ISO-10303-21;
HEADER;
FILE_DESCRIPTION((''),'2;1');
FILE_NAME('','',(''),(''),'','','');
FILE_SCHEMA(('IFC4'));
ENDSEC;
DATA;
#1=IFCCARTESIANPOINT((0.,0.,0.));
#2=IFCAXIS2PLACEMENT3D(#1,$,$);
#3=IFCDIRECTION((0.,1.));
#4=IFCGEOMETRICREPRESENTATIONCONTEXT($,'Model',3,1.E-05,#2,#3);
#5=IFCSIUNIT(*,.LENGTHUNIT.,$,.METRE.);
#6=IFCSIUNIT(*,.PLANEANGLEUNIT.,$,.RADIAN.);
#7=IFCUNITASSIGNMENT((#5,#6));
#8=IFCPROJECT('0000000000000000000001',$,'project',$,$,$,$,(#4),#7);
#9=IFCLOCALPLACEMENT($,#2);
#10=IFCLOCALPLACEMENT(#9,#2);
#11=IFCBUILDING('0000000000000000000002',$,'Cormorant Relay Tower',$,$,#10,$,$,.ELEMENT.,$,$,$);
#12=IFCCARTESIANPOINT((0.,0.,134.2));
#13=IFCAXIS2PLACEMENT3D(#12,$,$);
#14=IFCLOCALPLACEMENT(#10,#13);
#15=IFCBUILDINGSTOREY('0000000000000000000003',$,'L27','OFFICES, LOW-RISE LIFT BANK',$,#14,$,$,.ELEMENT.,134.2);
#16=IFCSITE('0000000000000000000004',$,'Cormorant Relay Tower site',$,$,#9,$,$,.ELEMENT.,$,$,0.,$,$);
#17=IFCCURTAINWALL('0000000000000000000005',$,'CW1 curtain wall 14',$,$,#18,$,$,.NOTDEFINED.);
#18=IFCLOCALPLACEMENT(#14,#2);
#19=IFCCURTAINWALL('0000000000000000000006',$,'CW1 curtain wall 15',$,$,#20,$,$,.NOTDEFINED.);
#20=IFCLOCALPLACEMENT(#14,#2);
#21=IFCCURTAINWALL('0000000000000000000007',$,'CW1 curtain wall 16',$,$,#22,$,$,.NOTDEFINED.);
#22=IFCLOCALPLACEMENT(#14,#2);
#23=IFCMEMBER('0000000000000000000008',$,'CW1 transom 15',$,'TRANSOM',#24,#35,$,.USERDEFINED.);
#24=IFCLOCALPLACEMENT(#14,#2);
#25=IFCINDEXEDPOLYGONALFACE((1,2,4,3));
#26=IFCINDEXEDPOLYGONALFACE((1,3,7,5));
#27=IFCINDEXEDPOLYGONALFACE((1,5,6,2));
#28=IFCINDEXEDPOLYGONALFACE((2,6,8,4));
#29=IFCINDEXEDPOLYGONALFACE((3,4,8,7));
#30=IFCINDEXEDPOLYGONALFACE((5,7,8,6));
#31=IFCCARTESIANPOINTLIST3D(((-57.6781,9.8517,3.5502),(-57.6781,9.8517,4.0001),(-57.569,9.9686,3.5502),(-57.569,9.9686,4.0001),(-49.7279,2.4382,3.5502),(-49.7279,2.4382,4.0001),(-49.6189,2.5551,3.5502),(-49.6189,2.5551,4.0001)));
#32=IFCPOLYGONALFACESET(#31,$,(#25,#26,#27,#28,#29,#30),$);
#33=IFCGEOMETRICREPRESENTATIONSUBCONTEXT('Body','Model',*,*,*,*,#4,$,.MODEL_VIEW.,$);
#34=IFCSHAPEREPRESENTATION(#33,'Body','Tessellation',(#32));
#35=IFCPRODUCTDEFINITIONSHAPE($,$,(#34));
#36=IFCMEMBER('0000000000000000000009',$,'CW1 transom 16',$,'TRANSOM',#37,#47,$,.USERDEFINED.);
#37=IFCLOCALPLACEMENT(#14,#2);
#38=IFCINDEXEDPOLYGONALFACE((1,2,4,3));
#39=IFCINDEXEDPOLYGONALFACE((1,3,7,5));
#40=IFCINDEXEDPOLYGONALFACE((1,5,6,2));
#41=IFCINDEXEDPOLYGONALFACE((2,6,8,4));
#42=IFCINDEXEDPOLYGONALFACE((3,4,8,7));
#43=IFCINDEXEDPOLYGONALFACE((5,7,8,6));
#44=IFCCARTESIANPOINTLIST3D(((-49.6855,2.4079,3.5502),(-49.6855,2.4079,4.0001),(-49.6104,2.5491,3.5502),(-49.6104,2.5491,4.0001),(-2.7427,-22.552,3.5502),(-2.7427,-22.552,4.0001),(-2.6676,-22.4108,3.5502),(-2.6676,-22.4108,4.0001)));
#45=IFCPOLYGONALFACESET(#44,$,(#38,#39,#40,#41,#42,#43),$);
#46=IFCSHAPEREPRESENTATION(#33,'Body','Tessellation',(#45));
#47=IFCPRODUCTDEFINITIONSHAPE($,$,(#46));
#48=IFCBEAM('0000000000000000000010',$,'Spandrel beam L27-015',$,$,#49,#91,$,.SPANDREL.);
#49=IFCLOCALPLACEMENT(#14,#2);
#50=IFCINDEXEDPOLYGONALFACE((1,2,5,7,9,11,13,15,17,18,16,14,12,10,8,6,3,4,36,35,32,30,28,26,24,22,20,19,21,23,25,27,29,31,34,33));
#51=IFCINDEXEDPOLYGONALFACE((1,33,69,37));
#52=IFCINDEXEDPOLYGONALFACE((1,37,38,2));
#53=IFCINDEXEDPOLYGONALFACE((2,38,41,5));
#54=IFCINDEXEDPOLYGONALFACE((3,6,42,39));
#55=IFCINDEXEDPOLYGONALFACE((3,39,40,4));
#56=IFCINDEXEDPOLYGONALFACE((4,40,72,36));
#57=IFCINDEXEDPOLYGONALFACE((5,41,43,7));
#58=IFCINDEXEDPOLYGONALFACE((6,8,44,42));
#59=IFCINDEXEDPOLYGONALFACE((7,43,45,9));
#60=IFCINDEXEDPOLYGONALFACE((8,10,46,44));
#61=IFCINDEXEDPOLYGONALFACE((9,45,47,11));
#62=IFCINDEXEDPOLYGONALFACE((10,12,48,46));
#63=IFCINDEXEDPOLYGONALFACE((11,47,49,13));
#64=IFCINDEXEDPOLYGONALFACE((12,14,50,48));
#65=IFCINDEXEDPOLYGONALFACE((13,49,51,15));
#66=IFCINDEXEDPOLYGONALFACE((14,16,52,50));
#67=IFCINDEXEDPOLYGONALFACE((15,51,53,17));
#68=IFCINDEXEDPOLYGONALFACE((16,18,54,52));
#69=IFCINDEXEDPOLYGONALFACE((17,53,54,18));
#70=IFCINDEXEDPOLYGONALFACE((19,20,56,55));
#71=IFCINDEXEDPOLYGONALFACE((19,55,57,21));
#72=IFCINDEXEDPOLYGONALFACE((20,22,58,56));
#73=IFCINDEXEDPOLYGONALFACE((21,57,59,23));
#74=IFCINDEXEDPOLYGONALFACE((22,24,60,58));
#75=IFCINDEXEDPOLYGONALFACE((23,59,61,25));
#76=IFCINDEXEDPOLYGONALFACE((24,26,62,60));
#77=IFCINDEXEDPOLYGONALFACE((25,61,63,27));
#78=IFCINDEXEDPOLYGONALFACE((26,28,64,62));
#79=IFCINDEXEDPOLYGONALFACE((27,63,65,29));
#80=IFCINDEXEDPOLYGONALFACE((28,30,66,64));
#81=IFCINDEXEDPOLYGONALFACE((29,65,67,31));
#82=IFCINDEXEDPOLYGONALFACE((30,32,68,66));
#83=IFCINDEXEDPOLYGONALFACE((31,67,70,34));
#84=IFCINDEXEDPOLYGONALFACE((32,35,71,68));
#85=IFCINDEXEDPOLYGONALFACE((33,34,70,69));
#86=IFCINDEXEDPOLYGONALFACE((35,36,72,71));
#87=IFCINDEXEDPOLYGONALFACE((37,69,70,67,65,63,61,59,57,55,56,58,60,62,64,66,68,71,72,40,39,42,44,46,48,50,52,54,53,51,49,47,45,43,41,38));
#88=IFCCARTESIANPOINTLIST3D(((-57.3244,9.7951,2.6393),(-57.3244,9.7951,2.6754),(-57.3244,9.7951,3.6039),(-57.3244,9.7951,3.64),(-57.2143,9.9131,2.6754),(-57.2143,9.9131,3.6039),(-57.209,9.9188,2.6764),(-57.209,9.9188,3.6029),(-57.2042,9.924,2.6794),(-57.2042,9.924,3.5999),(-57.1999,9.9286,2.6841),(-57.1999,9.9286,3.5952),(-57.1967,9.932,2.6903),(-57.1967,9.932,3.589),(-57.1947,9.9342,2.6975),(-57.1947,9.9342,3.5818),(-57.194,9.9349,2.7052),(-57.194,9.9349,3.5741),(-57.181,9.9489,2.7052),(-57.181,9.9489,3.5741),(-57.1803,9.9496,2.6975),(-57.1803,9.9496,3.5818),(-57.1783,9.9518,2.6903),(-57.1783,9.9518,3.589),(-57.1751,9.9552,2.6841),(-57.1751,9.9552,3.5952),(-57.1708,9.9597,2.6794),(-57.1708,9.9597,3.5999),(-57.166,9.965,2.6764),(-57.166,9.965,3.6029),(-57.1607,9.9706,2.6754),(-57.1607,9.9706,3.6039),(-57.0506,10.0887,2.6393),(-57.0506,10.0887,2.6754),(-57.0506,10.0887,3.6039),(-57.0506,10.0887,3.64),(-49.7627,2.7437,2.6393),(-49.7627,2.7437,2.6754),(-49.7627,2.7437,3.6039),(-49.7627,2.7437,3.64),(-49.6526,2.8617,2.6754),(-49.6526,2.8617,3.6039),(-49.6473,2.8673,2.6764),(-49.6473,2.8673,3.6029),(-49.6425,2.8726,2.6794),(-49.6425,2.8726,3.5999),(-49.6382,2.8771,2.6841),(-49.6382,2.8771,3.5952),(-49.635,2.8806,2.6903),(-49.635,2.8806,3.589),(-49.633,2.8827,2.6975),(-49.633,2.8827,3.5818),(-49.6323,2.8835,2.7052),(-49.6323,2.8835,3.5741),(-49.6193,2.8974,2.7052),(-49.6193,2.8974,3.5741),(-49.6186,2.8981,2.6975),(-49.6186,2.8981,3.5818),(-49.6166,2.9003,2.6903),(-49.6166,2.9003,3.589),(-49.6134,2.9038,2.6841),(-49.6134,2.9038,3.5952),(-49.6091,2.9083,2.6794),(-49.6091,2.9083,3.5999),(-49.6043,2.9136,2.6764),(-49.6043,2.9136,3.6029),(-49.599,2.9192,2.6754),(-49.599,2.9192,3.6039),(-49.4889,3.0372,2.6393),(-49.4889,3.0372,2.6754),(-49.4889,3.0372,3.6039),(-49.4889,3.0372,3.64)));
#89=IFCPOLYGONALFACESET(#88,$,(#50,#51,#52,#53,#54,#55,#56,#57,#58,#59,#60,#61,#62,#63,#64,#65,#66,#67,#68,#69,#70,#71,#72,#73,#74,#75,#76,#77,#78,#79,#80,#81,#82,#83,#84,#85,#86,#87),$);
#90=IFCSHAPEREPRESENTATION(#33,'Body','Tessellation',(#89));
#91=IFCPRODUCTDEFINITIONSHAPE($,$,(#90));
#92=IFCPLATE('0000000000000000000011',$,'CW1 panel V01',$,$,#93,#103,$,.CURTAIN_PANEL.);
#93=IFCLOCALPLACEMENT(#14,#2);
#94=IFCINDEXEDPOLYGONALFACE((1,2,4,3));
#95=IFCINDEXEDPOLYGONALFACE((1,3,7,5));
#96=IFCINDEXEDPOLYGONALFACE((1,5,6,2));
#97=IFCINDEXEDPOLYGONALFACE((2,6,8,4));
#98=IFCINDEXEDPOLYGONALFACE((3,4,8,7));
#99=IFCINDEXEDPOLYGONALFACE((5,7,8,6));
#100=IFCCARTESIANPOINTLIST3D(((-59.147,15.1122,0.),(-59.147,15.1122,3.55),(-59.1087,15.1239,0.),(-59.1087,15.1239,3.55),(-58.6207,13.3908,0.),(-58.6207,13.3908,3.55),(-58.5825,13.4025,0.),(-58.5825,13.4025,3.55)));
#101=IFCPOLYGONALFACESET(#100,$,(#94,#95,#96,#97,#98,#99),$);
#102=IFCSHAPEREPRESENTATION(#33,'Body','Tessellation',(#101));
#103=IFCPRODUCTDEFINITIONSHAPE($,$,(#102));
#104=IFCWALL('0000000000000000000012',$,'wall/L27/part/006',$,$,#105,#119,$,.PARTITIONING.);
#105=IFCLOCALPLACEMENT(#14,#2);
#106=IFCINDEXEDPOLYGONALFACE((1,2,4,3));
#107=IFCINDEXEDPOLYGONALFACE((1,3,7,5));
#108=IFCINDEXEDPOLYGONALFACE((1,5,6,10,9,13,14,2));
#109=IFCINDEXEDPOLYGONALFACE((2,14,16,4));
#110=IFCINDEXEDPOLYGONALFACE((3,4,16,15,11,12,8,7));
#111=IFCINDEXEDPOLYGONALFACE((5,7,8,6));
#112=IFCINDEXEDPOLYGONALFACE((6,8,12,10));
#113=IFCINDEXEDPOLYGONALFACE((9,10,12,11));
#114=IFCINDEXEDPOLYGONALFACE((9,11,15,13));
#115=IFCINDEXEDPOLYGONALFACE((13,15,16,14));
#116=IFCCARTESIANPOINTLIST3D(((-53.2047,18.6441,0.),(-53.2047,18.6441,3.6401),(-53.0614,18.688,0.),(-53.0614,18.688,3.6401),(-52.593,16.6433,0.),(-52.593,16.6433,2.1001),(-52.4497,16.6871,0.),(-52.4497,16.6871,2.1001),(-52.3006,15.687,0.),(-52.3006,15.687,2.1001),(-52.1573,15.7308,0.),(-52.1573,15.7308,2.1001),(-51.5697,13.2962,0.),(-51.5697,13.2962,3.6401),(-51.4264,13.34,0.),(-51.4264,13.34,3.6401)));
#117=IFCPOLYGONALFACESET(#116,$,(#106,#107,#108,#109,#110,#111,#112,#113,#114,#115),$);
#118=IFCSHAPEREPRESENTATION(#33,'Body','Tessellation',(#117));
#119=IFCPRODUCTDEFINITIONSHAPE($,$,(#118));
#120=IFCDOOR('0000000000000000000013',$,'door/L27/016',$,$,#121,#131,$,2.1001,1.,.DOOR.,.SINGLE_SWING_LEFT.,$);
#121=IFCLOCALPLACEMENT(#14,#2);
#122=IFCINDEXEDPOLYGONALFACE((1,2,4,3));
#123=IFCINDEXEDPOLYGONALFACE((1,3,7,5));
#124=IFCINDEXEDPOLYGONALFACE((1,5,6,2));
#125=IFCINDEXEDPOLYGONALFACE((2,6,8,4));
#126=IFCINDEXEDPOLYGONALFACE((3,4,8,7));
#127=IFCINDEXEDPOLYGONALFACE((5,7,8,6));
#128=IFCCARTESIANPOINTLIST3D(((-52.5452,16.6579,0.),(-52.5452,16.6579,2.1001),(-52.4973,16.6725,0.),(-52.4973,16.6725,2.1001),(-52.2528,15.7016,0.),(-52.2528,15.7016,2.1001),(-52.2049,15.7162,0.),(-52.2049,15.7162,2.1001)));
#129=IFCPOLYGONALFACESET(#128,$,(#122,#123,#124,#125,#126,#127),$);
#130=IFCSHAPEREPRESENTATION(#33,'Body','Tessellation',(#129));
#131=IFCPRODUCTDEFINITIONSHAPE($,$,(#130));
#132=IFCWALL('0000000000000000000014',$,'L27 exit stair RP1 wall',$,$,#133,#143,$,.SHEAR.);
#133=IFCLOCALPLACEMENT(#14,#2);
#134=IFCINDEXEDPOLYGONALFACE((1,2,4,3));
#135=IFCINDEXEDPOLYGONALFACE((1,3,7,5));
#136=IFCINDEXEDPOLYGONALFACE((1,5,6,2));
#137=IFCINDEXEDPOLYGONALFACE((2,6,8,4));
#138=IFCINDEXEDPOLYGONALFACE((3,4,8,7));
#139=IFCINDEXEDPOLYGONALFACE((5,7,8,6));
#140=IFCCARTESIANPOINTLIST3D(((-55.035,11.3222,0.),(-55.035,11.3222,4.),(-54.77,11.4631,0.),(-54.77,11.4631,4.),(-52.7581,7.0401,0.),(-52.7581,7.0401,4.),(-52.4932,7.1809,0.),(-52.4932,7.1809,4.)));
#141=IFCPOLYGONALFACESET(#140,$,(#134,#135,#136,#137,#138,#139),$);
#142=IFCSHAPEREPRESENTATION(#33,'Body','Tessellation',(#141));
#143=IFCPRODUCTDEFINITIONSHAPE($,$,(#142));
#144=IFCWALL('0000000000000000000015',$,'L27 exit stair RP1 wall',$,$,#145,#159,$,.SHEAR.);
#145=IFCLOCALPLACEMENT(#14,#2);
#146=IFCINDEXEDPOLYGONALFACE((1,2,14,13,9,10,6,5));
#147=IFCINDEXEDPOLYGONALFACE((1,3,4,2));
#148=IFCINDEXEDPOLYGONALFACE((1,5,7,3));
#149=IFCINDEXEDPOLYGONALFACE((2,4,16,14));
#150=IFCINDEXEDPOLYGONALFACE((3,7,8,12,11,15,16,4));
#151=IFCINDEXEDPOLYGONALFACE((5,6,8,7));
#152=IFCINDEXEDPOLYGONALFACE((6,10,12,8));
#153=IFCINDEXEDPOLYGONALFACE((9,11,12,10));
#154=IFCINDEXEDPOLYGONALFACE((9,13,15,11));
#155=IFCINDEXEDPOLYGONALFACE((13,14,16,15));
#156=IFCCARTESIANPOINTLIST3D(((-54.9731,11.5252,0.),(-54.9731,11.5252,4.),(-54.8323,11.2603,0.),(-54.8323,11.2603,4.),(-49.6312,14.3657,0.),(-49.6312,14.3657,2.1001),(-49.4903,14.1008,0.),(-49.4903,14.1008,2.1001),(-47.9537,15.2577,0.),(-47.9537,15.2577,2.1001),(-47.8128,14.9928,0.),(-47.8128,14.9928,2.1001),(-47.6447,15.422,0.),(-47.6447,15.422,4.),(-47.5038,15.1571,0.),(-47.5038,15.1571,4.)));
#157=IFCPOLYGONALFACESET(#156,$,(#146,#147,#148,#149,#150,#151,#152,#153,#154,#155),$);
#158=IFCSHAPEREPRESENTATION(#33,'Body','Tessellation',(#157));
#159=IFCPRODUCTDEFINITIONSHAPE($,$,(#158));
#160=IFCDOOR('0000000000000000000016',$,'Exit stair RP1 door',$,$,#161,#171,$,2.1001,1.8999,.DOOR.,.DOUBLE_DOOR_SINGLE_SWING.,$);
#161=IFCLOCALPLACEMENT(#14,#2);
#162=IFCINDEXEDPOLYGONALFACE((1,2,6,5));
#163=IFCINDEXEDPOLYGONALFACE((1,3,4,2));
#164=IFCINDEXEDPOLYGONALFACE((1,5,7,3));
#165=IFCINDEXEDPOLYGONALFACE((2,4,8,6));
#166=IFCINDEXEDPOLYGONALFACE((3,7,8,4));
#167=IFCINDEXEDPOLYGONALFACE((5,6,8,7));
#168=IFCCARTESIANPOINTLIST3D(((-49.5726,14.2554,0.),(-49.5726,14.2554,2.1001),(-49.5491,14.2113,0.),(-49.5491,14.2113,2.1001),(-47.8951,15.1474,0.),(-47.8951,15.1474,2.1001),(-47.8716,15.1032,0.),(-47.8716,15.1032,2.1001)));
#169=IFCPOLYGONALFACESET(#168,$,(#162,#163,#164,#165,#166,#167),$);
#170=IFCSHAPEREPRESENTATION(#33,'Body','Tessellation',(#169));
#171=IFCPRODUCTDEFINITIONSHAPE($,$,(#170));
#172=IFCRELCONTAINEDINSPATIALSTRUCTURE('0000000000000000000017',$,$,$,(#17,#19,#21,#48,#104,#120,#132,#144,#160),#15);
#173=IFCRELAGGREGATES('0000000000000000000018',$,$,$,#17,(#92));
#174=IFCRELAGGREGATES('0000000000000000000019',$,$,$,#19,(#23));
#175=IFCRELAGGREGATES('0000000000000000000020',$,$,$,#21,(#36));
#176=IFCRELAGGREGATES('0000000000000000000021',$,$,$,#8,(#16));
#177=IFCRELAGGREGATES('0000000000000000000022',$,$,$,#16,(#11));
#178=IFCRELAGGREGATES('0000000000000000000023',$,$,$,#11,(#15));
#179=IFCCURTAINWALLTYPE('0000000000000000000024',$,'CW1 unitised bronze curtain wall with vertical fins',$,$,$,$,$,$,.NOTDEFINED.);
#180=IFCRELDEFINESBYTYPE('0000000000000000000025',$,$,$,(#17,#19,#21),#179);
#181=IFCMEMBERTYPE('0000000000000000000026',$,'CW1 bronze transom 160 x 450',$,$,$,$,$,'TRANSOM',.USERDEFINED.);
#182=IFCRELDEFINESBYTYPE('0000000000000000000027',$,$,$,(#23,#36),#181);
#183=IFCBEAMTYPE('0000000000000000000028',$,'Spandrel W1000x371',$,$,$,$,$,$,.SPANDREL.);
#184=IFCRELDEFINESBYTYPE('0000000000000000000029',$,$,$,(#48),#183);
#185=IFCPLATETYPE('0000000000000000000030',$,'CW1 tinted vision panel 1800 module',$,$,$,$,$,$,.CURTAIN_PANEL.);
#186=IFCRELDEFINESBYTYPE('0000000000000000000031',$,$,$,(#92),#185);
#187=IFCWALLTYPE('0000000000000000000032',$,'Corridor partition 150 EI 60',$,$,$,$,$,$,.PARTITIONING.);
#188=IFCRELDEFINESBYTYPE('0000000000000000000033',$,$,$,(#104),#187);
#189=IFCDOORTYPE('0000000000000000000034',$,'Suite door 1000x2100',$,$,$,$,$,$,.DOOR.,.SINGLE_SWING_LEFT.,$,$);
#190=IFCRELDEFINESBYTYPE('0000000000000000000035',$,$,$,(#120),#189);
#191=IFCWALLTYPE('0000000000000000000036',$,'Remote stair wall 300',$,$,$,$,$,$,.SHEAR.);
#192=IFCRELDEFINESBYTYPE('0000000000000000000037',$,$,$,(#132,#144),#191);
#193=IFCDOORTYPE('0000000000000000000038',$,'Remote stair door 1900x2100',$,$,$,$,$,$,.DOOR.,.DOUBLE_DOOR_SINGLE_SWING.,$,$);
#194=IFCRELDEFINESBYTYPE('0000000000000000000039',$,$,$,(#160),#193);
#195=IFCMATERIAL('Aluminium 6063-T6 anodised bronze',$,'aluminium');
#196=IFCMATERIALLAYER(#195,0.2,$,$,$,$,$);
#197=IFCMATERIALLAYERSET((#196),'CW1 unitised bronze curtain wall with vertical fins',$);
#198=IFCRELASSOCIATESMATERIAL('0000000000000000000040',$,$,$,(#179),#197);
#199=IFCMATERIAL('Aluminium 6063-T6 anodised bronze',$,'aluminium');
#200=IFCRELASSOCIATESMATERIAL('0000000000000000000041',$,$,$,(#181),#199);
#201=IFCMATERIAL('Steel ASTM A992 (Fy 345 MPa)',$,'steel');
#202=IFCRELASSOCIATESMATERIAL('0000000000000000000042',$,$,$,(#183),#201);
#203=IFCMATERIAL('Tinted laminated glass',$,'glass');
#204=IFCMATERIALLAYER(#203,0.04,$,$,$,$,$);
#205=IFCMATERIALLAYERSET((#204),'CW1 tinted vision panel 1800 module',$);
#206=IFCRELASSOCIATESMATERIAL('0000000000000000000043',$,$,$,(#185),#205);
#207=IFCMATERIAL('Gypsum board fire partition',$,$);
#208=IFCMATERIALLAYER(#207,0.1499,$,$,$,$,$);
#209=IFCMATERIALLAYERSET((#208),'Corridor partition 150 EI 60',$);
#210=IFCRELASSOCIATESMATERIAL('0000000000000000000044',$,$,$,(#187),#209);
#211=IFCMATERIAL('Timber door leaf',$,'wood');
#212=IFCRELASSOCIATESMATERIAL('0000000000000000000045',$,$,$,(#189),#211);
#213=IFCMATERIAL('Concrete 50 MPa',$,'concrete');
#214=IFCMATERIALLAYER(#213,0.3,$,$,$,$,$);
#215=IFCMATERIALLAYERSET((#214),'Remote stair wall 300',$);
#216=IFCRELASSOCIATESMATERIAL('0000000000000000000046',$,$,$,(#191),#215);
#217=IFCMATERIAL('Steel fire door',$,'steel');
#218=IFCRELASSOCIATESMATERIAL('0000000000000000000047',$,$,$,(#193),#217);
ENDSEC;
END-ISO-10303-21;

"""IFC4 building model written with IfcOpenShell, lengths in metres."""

from ifc_helpers import new_model, si_unit, direction, frame, frame_2d, origin, origin_2d, place, context, subcontext, project, spatial, rectangle, i_section, extrude, material, layer, layer_set, material_profile, profile_set, type_object, element, fill, aggregate, save


model = new_model("IFC4")

# Units and contexts
model_context = context("Model", 3, precision=1e-05, world=origin(), true_north=direction((0.0, 1.0)))
body_context = subcontext(model_context, "Body", "Model", "MODEL_VIEW")
ifc_project = project(units=[si_unit("LENGTHUNIT", "METRE"), si_unit("PLANEANGLEUNIT", "RADIAN")], contexts=[model_context])

# Site, building, storey
site_placement = place(None, origin())
site = spatial("IfcSite", under=ifc_project, at=site_placement, Name="Cormorant Relay Tower site", CompositionType="ELEMENT", RefElevation=0.0)
building_placement = place(site_placement, origin())
building = spatial("IfcBuilding", under=site, at=building_placement, Name="Cormorant Relay Tower", CompositionType="ELEMENT")
storey_placement = place(building_placement, frame((0.0, 0.0, 134.2)))
storey = spatial("IfcBuildingStorey", under=building, at=storey_placement, Name="L27", Description="OFFICES, LOW-RISE LIFT BANK", CompositionType="ELEMENT", Elevation=134.2)

# Curtain wall
ifc_material_1 = material(Name="Aluminium 6063-T6 anodised bronze", Category="aluminium")
ifc_layer_1 = layer(ifc_material_1, 0.2)
ifc_layer_set_1 = layer_set([ifc_layer_1], Name="CW1 unitised bronze curtain wall with vertical fins")
curtain_wall_type = type_object("IfcCurtainWallType", Name="CW1 unitised bronze curtain wall with vertical fins", PredefinedType="NOTDEFINED", material=ifc_layer_set_1)
curtain_wall_1_placement = place(storey_placement, origin())
curtain_wall_1 = element("IfcCurtainWall", 1, at=curtain_wall_1_placement, inside=storey, type_object=curtain_wall_type, Name="CW1 curtain wall 14", PredefinedType="NOTDEFINED")

# Curtain wall
curtain_wall_2_placement = place(storey_placement, origin())
curtain_wall_2 = element("IfcCurtainWall", 2, at=curtain_wall_2_placement, inside=storey, type_object=curtain_wall_type, Name="CW1 curtain wall 15", PredefinedType="NOTDEFINED")

# Curtain wall
curtain_wall_3_placement = place(storey_placement, origin())
curtain_wall_3 = element("IfcCurtainWall", 3, at=curtain_wall_3_placement, inside=storey, type_object=curtain_wall_type, Name="CW1 curtain wall 16", PredefinedType="NOTDEFINED")

# Members
ifc_material_2 = material(Name="Aluminium 6063-T6 anodised bronze", Category="aluminium")
ifc_material_profile_1 = material_profile(ifc_material_2, rectangle(XDim=0.1599, YDim=0.45, at=origin_2d()), Name="AL 160x450")
ifc_profile_set_1 = profile_set([ifc_material_profile_1], Name="Aluminium 6063-T6 anodised bronze")
member_type_1 = type_object("IfcMemberType", Name="CW1 bronze transom 160 x 450", ElementType="TRANSOM", PredefinedType="USERDEFINED", material=ifc_profile_set_1)
member_1_placement = place(storey_placement, frame((-57.6235, 9.9102, 3.7751), z_axis=(0.731358, -0.681993, 0.0), x_axis=(0.681993, 0.731358, 0.0)))
member_1 = element("IfcMember", 4, at=member_1_placement, type_object=member_type_1, Name="CW1 transom 15", ObjectType="TRANSOM", PredefinedType="USERDEFINED", context=body_context, shape_type="SweptSolid", body=[
    extrude(rectangle(XDim=0.1599, YDim=0.45, at=origin_2d()), origin(), (0.0, 0.0, 1.0), 10.8704),
])
member_2_placement = place(storey_placement, frame((-49.6479, 2.4785, 3.7751), z_axis=(0.882948, -0.469471, 0.0), x_axis=(0.469471, 0.882948, 0.0)))
member_2 = element("IfcMember", 5, at=member_2_placement, type_object=member_type_1, Name="CW1 transom 16", ObjectType="TRANSOM", PredefinedType="USERDEFINED", context=body_context, shape_type="SweptSolid", body=[
    extrude(rectangle(XDim=0.1599, YDim=0.45, at=origin_2d()), origin(), (0.0, 0.0, 1.0), 53.166),
])

# Beam
ifc_material_3 = material(Name="Steel ASTM A992 (Fy 345 MPa)", Category="steel")
ifc_material_profile_2 = material_profile(ifc_material_3, i_section(OverallWidth=0.4014, OverallDepth=1.0007, WebThickness=0.019, FlangeThickness=0.0361, FilletRadius=0.0298, at=origin_2d()), Name="W1000x371")
ifc_profile_set_2 = profile_set([ifc_material_profile_2], Name="Steel ASTM A992 (Fy 345 MPa)")
beam_type = type_object("IfcBeamType", Name="Spandrel W1000x371", PredefinedType="SPANDREL", material=ifc_profile_set_2)
beam_placement = place(storey_placement, frame((-57.1875, 9.9419, 3.1396), z_axis=(0.731351, -0.682001, 0.0), x_axis=(0.682001, 0.731351, 0.0)))
element("IfcBeam", 6, at=beam_placement, inside=storey, type_object=beam_type, Name="Spandrel beam L27-015", PredefinedType="SPANDREL", context=body_context, shape_type="SweptSolid", body=[
    extrude(i_section(OverallWidth=0.4014, OverallDepth=1.0007, WebThickness=0.019, FlangeThickness=0.0361, FilletRadius=0.0298, at=origin_2d()), origin(), (0.0, 0.0, 1.0), 10.3394),
])

# Plate
ifc_material_4 = material(Name="Tinted laminated glass", Category="glass")
ifc_layer_2 = layer(ifc_material_4, 0.04)
ifc_layer_set_2 = layer_set([ifc_layer_2], Name="CW1 tinted vision panel 1800 module")
plate_type = type_object("IfcPlateType", Name="CW1 tinted vision panel 1800 module", PredefinedType="CURTAIN_PANEL", material=ifc_layer_set_2)
plate_placement = place(storey_placement, frame((-58.8647, 14.2573, 0.0), z_axis=(0.0, 0.0, 1.0), x_axis=(0.292372, -0.956305, 0.0)))
plate = element("IfcPlate", 7, at=plate_placement, type_object=plate_type, Name="CW1 panel V01", PredefinedType="CURTAIN_PANEL", context=body_context, shape_type="SweptSolid", body=[
    extrude(rectangle(XDim=1.8, YDim=0.04, at=origin_2d()), origin(), (0.0, 0.0, 1.0), 3.55),
])

# Wall, opening, door
ifc_material_5 = material(Name="Gypsum board fire partition")
ifc_layer_3 = layer(ifc_material_5, 0.1499)
ifc_layer_set_3 = layer_set([ifc_layer_3], Name="Corridor partition 150 EI 60")
wall_type_1 = type_object("IfcWallType", Name="Corridor partition 150 EI 60", PredefinedType="PARTITIONING", material=ifc_layer_set_3)
wall_1_placement = place(storey_placement, frame((-51.498, 13.3181, 0.0), z_axis=(0.0, 0.0, 1.0), x_axis=(-0.29237, 0.956305, 0.0)))
wall_1 = element("IfcWall", 8, at=wall_1_placement, inside=storey, type_object=wall_type_1, Name="wall/L27/part/006", PredefinedType="PARTITIONING", context=body_context, shape_type="SweptSolid", body=[
    extrude(rectangle(XDim=5.5923, YDim=0.1499, at=frame_2d((2.7961, 0.0))), origin(), (0.0, 0.0, 1.0), 3.6401),
])
opening_1_placement = place(wall_1_placement, frame((2.5, 0.0, 0.0)))
opening_1 = element("IfcOpeningElement", 9, at=opening_1_placement, cuts=wall_1, PredefinedType="OPENING", context=body_context, shape_type="SweptSolid", body=[
    extrude(rectangle(XDim=1.0, YDim=2.1001, at=frame_2d((0.5, 1.05))), frame((0.0, 0.085, 0.0), z_axis=(0.0, -1.0, 0.0), x_axis=(1.0, 0.0, 0.0)), (0.0, 0.0, 1.0), 0.1699),
])
ifc_material_6 = material(Name="Timber door leaf", Category="wood")
door_type_1 = type_object("IfcDoorType", Name="Suite door 1000x2100", OperationType="SINGLE_SWING_LEFT", PredefinedType="DOOR", material=ifc_material_6)
door_1_placement = place(opening_1_placement, origin())
door_1 = element("IfcDoor", 10, at=door_1_placement, inside=storey, type_object=door_type_1, Name="door/L27/016", OperationType="SINGLE_SWING_LEFT", OverallHeight=2.1001, OverallWidth=1.0, PredefinedType="DOOR", context=body_context, shape_type="SweptSolid", body=[
    extrude(rectangle(XDim=1.0, YDim=2.1001, at=frame_2d((0.5, 1.05))), frame((0.0, 0.0249, 0.0), z_axis=(0.0, -1.0, 0.0), x_axis=(1.0, 0.0, 0.0)), (0.0, 0.0, 1.0), 0.05),
])
fill(opening_1, door_1)

# Wall
ifc_material_7 = material(Name="Concrete 50 MPa", Category="concrete")
ifc_layer_4 = layer(ifc_material_7, 0.3)
ifc_layer_set_4 = layer_set([ifc_layer_4], Name="Remote stair wall 300")
wall_type_2 = type_object("IfcWallType", Name="Remote stair wall 300", PredefinedType="SHEAR", material=ifc_layer_set_4)
wall_2_placement = place(storey_placement, frame((-52.6257, 7.1106, 0.0), z_axis=(0.0, 0.0, 1.0), x_axis=(-0.469464, 0.882951, 0.0)))
element("IfcWall", 11, at=wall_2_placement, inside=storey, type_object=wall_type_2, Name="L27 exit stair RP1 wall", PredefinedType="SHEAR", context=body_context, shape_type="SweptSolid", body=[
    extrude(rectangle(XDim=4.8499, YDim=0.3, at=frame_2d((2.4248, 0.0))), origin(), (0.0, 0.0, 1.0), 4.0),
])

# Wall, opening, door
wall_3_placement = place(storey_placement, frame((-54.9026, 11.3928, 0.0), z_axis=(0.0, 0.0, 1.0), x_axis=(0.882939, 0.469487, 0.0)))
wall_3 = element("IfcWall", 12, at=wall_3_placement, inside=storey, type_object=wall_type_2, Name="L27 exit stair RP1 wall", PredefinedType="SHEAR", context=body_context, shape_type="SweptSolid", body=[
    extrude(rectangle(XDim=8.3, YDim=0.3, at=frame_2d((4.1499, 0.0))), origin(), (0.0, 0.0, 1.0), 4.0),
])
opening_2_placement = place(wall_3_placement, frame((6.05, 0.0, 0.0)))
opening_2 = element("IfcOpeningElement", 13, at=opening_2_placement, cuts=wall_3, PredefinedType="OPENING", context=body_context, shape_type="SweptSolid", body=[
    extrude(rectangle(XDim=1.8999, YDim=2.1001, at=frame_2d((0.95, 1.05))), frame((0.0, 0.1599, 0.0), z_axis=(0.0, -1.0, 0.0), x_axis=(1.0, 0.0, 0.0)), (0.0, 0.0, 1.0), 0.3201),
])
ifc_material_8 = material(Name="Steel fire door", Category="steel")
door_type_2 = type_object("IfcDoorType", Name="Remote stair door 1900x2100", OperationType="DOUBLE_DOOR_SINGLE_SWING", PredefinedType="DOOR", material=ifc_material_8)
door_2_placement = place(opening_2_placement, frame((1.8999, 0.0, 0.0), z_axis=(0.0, 0.0, 1.0), x_axis=(-1.0, 0.0, 0.0)))
door_2 = element("IfcDoor", 14, at=door_2_placement, inside=storey, type_object=door_type_2, Name="Exit stair RP1 door", OperationType="DOUBLE_DOOR_SINGLE_SWING", OverallHeight=2.1001, OverallWidth=1.8999, PredefinedType="DOOR", context=body_context, shape_type="SweptSolid", body=[
    extrude(rectangle(XDim=1.8999, YDim=2.1001, at=frame_2d((0.95, 1.05))), frame((0.0, 0.0249, 0.0), z_axis=(0.0, -1.0, 0.0), x_axis=(1.0, 0.0, 0.0)), (0.0, 0.0, 1.0), 0.05),
])
fill(opening_2, door_2)

aggregate(curtain_wall_1, [plate])
aggregate(curtain_wall_2, [member_1])
aggregate(curtain_wall_3, [member_2])

save(model, "model.ifc")
